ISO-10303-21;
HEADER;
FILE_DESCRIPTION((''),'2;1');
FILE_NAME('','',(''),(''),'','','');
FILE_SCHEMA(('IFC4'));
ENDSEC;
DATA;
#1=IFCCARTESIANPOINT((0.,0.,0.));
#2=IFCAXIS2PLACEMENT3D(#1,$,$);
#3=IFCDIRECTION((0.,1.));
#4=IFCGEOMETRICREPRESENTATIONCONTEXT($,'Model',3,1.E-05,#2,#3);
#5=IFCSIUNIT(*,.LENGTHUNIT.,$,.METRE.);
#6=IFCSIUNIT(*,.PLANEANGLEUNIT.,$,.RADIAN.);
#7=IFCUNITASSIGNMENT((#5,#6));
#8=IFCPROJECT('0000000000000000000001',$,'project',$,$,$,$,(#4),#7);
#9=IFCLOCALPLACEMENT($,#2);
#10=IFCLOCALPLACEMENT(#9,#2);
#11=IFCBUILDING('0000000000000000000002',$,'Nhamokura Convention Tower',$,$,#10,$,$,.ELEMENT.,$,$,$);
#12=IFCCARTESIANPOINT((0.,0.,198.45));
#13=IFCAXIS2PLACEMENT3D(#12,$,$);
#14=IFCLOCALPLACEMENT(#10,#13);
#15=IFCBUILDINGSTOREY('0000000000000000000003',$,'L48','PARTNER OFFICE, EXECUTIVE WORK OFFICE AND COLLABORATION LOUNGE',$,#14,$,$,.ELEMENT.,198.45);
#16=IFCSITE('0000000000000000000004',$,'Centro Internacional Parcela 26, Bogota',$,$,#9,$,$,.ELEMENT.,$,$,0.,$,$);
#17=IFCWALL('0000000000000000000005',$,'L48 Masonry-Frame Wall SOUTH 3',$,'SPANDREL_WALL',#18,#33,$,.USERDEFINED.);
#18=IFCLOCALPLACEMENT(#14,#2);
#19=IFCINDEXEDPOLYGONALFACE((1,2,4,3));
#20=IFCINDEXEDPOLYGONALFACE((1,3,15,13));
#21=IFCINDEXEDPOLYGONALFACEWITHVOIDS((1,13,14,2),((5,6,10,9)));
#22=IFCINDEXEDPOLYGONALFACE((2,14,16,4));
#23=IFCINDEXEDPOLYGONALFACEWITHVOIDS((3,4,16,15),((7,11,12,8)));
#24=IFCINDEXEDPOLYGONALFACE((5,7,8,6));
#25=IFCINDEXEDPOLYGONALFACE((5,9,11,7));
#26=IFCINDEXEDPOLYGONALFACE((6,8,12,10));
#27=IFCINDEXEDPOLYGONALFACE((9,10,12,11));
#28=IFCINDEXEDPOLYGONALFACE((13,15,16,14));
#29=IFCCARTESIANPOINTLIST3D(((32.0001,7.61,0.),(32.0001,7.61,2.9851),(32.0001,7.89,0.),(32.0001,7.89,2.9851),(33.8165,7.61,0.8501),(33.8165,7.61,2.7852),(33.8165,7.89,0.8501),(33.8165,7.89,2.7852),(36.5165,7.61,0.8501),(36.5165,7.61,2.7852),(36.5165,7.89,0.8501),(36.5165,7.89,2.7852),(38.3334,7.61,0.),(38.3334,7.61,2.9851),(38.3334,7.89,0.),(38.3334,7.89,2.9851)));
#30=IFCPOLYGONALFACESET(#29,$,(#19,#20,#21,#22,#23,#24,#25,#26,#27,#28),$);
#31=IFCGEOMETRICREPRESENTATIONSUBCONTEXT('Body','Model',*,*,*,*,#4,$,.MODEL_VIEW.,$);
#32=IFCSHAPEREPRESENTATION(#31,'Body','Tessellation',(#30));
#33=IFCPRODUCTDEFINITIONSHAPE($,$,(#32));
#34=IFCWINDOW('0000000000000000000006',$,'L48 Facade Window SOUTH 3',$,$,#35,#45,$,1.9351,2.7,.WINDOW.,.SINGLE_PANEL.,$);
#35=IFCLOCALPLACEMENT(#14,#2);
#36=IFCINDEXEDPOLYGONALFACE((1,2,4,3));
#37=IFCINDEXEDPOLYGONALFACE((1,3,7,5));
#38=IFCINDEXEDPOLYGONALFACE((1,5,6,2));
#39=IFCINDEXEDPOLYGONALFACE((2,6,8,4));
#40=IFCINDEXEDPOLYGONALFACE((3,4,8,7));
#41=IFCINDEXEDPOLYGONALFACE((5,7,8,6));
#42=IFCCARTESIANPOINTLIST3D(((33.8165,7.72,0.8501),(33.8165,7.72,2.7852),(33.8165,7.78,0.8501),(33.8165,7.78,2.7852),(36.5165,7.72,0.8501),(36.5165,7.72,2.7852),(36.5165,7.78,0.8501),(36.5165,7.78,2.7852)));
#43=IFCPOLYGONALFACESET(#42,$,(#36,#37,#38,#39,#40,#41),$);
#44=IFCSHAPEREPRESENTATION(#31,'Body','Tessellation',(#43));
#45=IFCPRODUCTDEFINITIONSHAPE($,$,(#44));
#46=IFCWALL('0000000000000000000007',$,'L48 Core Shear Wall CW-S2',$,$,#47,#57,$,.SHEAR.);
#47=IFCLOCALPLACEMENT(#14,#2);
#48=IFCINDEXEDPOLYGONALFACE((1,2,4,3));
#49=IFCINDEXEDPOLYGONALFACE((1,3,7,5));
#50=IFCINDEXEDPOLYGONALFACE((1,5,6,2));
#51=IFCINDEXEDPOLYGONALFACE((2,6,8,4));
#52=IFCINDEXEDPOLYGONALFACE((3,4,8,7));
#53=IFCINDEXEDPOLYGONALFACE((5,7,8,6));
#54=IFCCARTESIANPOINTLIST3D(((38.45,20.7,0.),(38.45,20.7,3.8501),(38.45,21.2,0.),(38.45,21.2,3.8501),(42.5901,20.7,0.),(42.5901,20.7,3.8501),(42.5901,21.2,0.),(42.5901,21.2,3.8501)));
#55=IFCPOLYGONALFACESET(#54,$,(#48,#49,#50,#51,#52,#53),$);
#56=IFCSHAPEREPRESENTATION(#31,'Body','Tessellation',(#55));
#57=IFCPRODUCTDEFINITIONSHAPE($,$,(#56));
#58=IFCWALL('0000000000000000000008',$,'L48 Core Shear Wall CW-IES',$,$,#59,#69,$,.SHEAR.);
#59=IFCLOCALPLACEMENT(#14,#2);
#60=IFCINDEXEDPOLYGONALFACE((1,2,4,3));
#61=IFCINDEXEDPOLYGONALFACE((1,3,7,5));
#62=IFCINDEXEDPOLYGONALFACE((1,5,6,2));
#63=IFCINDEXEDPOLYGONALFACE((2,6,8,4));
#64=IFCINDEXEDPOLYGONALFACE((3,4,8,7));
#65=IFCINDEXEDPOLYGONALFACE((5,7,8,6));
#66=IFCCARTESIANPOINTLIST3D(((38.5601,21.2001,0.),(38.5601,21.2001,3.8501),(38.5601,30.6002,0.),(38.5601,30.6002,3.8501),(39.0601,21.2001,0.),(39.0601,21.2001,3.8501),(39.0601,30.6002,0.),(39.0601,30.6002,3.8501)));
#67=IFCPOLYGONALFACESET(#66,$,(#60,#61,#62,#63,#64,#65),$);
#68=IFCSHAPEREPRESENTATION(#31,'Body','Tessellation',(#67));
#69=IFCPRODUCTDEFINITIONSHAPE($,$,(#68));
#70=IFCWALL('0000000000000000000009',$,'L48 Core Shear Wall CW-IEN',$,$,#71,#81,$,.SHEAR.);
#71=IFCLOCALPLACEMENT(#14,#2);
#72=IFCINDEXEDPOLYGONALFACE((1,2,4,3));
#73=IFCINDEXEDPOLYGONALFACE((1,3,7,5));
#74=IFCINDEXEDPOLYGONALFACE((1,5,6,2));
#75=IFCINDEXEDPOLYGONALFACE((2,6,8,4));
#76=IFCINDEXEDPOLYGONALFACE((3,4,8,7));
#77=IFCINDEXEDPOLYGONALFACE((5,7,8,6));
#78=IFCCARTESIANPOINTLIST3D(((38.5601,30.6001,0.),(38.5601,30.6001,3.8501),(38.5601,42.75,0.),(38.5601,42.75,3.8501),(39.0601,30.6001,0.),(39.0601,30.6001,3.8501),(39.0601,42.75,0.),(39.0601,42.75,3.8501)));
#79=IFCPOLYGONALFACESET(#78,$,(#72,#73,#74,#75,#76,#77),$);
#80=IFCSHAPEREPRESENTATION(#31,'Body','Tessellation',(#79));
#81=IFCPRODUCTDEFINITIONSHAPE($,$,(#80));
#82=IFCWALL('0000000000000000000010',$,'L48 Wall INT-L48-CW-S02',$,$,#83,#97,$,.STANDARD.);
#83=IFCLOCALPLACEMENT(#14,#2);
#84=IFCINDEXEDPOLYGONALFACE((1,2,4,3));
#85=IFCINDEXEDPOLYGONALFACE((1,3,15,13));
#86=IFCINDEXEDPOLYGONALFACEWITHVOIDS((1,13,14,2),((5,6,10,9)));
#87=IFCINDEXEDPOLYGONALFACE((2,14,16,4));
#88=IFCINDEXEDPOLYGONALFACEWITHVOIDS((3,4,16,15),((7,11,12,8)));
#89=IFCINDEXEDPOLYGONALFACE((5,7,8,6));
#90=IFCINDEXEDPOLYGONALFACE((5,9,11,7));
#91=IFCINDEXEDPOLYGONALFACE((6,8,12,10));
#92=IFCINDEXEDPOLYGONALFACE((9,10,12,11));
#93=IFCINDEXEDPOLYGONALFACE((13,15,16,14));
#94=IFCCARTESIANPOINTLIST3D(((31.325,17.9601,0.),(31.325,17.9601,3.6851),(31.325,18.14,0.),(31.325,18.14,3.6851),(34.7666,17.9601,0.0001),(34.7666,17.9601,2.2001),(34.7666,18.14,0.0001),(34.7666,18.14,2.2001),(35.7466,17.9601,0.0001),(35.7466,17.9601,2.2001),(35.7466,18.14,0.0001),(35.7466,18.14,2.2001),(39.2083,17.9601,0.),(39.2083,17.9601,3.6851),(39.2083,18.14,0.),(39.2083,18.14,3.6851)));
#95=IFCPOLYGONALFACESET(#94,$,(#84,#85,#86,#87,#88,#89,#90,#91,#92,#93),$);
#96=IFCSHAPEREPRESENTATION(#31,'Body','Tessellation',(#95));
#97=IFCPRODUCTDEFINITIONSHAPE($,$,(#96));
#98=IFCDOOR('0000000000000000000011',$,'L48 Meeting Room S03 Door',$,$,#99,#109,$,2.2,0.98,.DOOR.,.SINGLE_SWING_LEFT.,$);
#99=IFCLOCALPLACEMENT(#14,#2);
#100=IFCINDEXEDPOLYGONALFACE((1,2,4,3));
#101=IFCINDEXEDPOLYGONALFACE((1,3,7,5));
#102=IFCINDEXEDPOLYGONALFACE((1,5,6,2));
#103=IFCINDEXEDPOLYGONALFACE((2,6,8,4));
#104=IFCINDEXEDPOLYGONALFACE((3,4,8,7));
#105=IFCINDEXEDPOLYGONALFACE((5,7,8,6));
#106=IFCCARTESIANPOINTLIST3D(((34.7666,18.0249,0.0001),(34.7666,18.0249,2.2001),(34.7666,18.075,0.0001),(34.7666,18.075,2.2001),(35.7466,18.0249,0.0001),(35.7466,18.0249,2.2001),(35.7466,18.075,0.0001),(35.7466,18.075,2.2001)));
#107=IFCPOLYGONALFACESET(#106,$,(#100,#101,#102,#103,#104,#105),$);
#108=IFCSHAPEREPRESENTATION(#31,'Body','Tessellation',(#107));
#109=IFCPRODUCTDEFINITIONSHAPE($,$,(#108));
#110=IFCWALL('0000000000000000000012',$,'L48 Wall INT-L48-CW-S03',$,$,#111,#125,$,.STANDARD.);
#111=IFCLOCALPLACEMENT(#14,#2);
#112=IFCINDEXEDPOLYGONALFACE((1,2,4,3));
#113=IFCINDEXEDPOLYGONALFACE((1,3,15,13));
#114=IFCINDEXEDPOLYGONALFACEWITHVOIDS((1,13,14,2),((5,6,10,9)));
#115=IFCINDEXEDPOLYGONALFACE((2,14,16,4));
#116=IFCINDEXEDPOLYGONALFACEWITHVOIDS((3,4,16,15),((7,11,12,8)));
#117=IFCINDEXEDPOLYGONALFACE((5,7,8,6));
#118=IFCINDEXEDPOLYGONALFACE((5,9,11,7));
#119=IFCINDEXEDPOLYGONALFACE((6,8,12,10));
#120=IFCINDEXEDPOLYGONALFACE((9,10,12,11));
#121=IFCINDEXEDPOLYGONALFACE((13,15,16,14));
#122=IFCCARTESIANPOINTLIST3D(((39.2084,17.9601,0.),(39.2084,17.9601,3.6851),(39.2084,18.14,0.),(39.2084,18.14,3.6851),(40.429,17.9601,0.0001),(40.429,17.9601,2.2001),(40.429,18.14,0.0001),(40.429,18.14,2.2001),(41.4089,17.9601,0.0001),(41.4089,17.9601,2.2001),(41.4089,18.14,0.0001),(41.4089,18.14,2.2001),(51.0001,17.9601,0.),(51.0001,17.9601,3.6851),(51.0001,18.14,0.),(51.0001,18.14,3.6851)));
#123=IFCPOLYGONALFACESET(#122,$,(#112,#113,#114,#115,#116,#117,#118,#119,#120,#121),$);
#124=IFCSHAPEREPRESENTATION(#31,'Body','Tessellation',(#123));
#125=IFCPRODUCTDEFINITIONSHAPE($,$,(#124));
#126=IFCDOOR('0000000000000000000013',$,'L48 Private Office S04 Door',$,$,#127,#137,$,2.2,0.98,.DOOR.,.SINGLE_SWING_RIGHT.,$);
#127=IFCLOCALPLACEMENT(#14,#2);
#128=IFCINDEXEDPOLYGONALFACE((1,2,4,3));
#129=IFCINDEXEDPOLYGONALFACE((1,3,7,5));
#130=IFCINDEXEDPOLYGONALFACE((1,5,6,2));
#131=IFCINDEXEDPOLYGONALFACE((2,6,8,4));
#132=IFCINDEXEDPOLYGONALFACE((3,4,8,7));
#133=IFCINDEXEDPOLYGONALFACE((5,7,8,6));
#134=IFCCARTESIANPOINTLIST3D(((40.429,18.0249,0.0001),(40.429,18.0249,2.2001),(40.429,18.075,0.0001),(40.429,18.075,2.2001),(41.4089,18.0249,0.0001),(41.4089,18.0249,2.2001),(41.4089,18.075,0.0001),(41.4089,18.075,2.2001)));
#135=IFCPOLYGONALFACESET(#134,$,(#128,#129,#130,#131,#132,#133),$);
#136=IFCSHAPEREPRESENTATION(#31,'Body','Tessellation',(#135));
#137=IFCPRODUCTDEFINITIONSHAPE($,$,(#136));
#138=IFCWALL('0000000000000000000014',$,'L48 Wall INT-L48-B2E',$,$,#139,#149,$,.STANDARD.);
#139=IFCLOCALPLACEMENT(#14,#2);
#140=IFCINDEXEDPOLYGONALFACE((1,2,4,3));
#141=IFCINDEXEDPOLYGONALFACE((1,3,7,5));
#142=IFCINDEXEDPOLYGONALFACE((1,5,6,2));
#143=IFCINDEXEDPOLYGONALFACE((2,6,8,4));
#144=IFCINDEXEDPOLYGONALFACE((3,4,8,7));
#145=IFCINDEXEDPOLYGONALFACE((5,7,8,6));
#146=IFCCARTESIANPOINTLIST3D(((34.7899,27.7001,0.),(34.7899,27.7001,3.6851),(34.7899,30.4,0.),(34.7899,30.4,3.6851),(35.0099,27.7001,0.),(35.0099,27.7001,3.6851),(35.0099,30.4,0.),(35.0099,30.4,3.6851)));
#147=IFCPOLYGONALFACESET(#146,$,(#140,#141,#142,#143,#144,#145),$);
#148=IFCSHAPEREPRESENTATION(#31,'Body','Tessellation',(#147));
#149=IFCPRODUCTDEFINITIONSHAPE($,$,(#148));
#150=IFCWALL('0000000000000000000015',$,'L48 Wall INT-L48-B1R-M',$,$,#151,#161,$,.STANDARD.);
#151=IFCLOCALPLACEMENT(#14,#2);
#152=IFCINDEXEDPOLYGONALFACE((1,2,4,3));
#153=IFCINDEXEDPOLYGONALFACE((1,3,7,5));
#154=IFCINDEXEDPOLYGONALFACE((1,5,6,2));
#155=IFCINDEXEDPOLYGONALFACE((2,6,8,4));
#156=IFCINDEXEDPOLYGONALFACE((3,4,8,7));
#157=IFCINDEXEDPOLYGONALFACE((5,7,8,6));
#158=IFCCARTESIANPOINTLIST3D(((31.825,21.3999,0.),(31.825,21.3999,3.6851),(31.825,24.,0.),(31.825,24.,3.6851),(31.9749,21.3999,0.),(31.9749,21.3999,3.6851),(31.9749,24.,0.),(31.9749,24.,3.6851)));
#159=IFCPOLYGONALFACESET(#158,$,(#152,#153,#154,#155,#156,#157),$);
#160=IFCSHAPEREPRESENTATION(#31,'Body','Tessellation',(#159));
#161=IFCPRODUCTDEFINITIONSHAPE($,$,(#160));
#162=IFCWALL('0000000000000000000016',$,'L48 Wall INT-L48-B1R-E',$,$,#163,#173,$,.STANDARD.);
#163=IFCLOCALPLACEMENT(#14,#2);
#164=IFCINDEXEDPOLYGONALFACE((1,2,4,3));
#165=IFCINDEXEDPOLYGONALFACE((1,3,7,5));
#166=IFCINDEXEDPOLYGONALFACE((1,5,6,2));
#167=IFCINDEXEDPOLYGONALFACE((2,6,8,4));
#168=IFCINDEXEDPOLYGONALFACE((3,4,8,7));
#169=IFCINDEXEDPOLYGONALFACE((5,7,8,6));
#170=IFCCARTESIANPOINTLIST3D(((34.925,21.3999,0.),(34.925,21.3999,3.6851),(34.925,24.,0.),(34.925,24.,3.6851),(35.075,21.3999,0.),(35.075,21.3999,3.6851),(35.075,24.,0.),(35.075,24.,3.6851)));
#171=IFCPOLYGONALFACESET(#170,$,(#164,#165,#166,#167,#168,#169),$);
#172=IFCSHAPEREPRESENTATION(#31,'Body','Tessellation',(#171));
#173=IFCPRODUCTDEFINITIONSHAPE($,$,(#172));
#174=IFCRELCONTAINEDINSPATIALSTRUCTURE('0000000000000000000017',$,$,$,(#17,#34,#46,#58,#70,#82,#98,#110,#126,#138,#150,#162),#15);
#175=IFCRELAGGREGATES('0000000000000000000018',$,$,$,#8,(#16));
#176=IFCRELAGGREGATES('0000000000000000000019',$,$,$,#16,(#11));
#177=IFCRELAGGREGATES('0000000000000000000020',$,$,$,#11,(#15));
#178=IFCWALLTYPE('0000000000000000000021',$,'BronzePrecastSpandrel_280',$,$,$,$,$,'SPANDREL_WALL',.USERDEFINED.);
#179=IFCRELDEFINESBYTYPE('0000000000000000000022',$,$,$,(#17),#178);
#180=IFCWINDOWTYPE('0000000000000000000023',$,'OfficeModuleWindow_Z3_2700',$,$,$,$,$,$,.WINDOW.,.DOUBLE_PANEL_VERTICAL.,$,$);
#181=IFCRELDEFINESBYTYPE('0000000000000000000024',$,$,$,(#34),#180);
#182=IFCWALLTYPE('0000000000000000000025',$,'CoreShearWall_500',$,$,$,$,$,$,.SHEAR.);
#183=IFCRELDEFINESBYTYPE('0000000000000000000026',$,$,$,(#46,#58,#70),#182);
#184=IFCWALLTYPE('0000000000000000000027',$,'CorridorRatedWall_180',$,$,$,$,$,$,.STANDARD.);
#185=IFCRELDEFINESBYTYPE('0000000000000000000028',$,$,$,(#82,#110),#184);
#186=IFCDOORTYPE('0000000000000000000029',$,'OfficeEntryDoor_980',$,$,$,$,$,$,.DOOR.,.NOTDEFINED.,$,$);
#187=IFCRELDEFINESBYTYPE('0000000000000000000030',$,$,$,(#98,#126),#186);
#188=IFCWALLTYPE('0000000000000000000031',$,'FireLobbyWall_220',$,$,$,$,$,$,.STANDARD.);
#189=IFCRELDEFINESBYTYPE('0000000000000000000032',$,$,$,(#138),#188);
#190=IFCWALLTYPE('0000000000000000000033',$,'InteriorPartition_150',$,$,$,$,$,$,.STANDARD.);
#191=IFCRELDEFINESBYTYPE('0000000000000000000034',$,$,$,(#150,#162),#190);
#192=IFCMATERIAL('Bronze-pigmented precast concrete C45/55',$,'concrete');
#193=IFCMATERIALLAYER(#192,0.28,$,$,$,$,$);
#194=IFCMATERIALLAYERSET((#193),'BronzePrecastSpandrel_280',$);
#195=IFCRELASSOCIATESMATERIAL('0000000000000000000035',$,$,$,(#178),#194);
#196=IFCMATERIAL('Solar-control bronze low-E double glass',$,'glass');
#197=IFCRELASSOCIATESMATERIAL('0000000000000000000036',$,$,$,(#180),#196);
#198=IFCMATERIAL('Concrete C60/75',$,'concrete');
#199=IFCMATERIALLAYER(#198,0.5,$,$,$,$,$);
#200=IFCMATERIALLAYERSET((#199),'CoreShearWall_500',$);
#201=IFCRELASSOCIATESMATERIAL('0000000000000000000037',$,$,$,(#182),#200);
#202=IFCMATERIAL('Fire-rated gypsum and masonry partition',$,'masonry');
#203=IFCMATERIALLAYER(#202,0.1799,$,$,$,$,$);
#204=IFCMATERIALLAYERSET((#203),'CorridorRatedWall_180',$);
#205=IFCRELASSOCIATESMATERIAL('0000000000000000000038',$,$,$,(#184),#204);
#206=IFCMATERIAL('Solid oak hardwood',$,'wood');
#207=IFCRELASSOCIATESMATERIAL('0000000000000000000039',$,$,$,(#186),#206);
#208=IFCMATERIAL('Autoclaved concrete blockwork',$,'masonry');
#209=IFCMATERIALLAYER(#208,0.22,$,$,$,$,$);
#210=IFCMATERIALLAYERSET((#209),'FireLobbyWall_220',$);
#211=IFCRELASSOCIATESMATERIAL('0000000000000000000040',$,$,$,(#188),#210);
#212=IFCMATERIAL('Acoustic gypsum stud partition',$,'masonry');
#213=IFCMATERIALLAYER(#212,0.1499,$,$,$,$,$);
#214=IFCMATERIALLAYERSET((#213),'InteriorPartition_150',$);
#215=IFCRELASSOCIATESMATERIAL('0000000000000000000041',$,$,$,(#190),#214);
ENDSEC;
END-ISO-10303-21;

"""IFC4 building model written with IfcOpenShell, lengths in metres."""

from ifc_helpers import new_model, si_unit, direction, frame, frame_2d, origin, place, context, subcontext, project, spatial, rectangle, extrude, material, layer, layer_set, type_object, element, fill, save


model = new_model("IFC4")

# Units and contexts
model_context = context("Model", 3, precision=1e-05, world=origin(), true_north=direction((0.0, 1.0)))
body_context = subcontext(model_context, "Body", "Model", "MODEL_VIEW")
ifc_project = project(units=[si_unit("LENGTHUNIT", "METRE"), si_unit("PLANEANGLEUNIT", "RADIAN")], contexts=[model_context])

# Site, building, storey
site_placement = place(None, origin())
site = spatial("IfcSite", under=ifc_project, at=site_placement, Name="Centro Internacional Parcela 26, Bogota", CompositionType="ELEMENT", RefElevation=0.0)
building_placement = place(site_placement, origin())
building = spatial("IfcBuilding", under=site, at=building_placement, Name="Nhamokura Convention Tower", CompositionType="ELEMENT")
storey_placement = place(building_placement, frame((0.0, 0.0, 198.45)))
storey = spatial("IfcBuildingStorey", under=building, at=storey_placement, Name="L48", Description="PARTNER OFFICE, EXECUTIVE WORK OFFICE AND COLLABORATION LOUNGE", CompositionType="ELEMENT", Elevation=198.45)

# Wall, opening, window
ifc_material_1 = material(Name="Bronze-pigmented precast concrete C45/55", Category="concrete")
ifc_layer_1 = layer(ifc_material_1, 0.28)
ifc_layer_set_1 = layer_set([ifc_layer_1], Name="BronzePrecastSpandrel_280")
wall_type_1 = type_object("IfcWallType", Name="BronzePrecastSpandrel_280", ElementType="SPANDREL_WALL", PredefinedType="USERDEFINED", material=ifc_layer_set_1)
ifc_material_2 = material(Name="Solar-control bronze low-E double glass", Category="glass")
window_type = type_object("IfcWindowType", Name="OfficeModuleWindow_Z3_2700", PartitioningType="DOUBLE_PANEL_VERTICAL", PredefinedType="WINDOW", material=ifc_material_2)
wall_1_placement = place(storey_placement, frame((38.3333, 7.75, 0.0), z_axis=(0.0, 0.0, 1.0), x_axis=(-1.0, 0.0, 0.0)))
wall_1 = element("IfcWall", 1, at=wall_1_placement, inside=storey, type_object=wall_type_1, Name="L48 Masonry-Frame Wall SOUTH 3", ObjectType="SPANDREL_WALL", PredefinedType="USERDEFINED", context=body_context, shape_type="SweptSolid", body=[
    extrude(rectangle(XDim=6.3333, YDim=0.28, at=frame_2d((3.1665, 0.0))), origin(), (0.0, 0.0, 1.0), 2.9851),
])
opening_1_placement = place(wall_1_placement, frame((1.8167, 0.0, 0.8501)))
opening_1 = element("IfcOpeningElement", 2, at=opening_1_placement, cuts=wall_1, PredefinedType="OPENING", context=body_context, shape_type="SweptSolid", body=[
    extrude(rectangle(XDim=2.7, YDim=1.9351, at=frame_2d((1.3501, 0.9675))), frame((0.0, 0.1499, 0.0), z_axis=(0.0, -1.0, 0.0), x_axis=(1.0, 0.0, 0.0)), (0.0, 0.0, 1.0), 0.3),
])
window_1_placement = place(opening_1_placement, origin())
window_1 = element("IfcWindow", 3, at=window_1_placement, inside=storey, type_object=window_type, Name="L48 Facade Window SOUTH 3", OverallHeight=1.9351, OverallWidth=2.7, PartitioningType="SINGLE_PANEL", PredefinedType="WINDOW", context=body_context, shape_type="SweptSolid", body=[
    extrude(rectangle(XDim=2.7, YDim=1.9351, at=frame_2d((1.3501, 0.9675))), frame((0.0, 0.03, 0.0), z_axis=(0.0, -1.0, 0.0), x_axis=(1.0, 0.0, 0.0)), (0.0, 0.0, 1.0), 0.0601),
])
fill(opening_1, window_1)

# Walls
ifc_material_3 = material(Name="Concrete C60/75", Category="concrete")
ifc_layer_2 = layer(ifc_material_3, 0.5)
ifc_layer_set_2 = layer_set([ifc_layer_2], Name="CoreShearWall_500")
wall_type_2 = type_object("IfcWallType", Name="CoreShearWall_500", PredefinedType="SHEAR", material=ifc_layer_set_2)
wall_2_placement = place(storey_placement, frame((38.45, 20.95, 0.0), z_axis=(0.0, 0.0, 1.0), x_axis=(1.0, 0.0, 0.0)))
element("IfcWall", 4, at=wall_2_placement, inside=storey, type_object=wall_type_2, Name="L48 Core Shear Wall CW-S2", PredefinedType="SHEAR", context=body_context, shape_type="SweptSolid", body=[
    extrude(rectangle(XDim=4.1401, YDim=0.5, at=frame_2d((2.0701, 0.0))), origin(), (0.0, 0.0, 1.0), 3.8501),
])
wall_3_placement = place(storey_placement, frame((38.8101, 21.2, 0.0), z_axis=(0.0, 0.0, 1.0), x_axis=(0.0, 1.0, 0.0)))
element("IfcWall", 5, at=wall_3_placement, inside=storey, type_object=wall_type_2, Name="L48 Core Shear Wall CW-IES", PredefinedType="SHEAR", context=body_context, shape_type="SweptSolid", body=[
    extrude(rectangle(XDim=9.4001, YDim=0.5, at=frame_2d((4.7002, 0.0))), origin(), (0.0, 0.0, 1.0), 3.8501),
])
wall_4_placement = place(storey_placement, frame((38.8101, 30.6001, 0.0), z_axis=(0.0, 0.0, 1.0), x_axis=(0.0, 1.0, 0.0)))
element("IfcWall", 6, at=wall_4_placement, inside=storey, type_object=wall_type_2, Name="L48 Core Shear Wall CW-IEN", PredefinedType="SHEAR", context=body_context, shape_type="SweptSolid", body=[
    extrude(rectangle(XDim=12.1499, YDim=0.5, at=frame_2d((6.075, 0.0))), origin(), (0.0, 0.0, 1.0), 3.8501),
])

# Walls, openings, doors
ifc_material_4 = material(Name="Fire-rated gypsum and masonry partition", Category="masonry")
ifc_layer_3 = layer(ifc_material_4, 0.1799)
ifc_layer_set_3 = layer_set([ifc_layer_3], Name="CorridorRatedWall_180")
wall_type_3 = type_object("IfcWallType", Name="CorridorRatedWall_180", PredefinedType="STANDARD", material=ifc_layer_set_3)
wall_5_placement = place(storey_placement, frame((31.325, 18.05, 0.0), z_axis=(0.0, 0.0, 1.0), x_axis=(1.0, 0.0, 0.0)))
wall_5 = element("IfcWall", 7, at=wall_5_placement, inside=storey, type_object=wall_type_3, Name="L48 Wall INT-L48-CW-S02", PredefinedType="STANDARD", context=body_context, shape_type="SweptSolid", body=[
    extrude(rectangle(XDim=7.8833, YDim=0.1799, at=frame_2d((3.9417, 0.0))), origin(), (0.0, 0.0, 1.0), 3.6851),
])
opening_2_placement = place(wall_5_placement, frame((3.4417, 0.0, 0.0)))
opening_2 = element("IfcOpeningElement", 8, at=opening_2_placement, cuts=wall_5, PredefinedType="OPENING", context=body_context, shape_type="SweptSolid", body=[
    extrude(rectangle(XDim=0.98, YDim=2.2, at=frame_2d((0.49, 1.1001))), frame((0.0, 0.0999, 0.0), z_axis=(0.0, -1.0, 0.0), x_axis=(1.0, 0.0, 0.0)), (0.0, 0.0, 1.0), 0.2),
])
ifc_material_5 = material(Name="Solid oak hardwood", Category="wood")
door_type_1 = type_object("IfcDoorType", Name="OfficeEntryDoor_980", OperationType="NOTDEFINED", PredefinedType="DOOR", material=ifc_material_5)
door_1_placement = place(opening_2_placement, origin())
door_1 = element("IfcDoor", 9, at=door_1_placement, inside=storey, type_object=door_type_1, Name="L48 Meeting Room S03 Door", OperationType="SINGLE_SWING_LEFT", OverallHeight=2.2, OverallWidth=0.98, PredefinedType="DOOR", context=body_context, shape_type="SweptSolid", body=[
    extrude(rectangle(XDim=0.98, YDim=2.2, at=frame_2d((0.49, 1.1001))), frame((0.0, 0.0249, 0.0), z_axis=(0.0, -1.0, 0.0), x_axis=(1.0, 0.0, 0.0)), (0.0, 0.0, 1.0), 0.05),
])
fill(opening_2, door_1)
wall_6_placement = place(storey_placement, frame((39.2083, 18.05, 0.0), z_axis=(0.0, 0.0, 1.0), x_axis=(1.0, 0.0, 0.0)))
wall_6 = element("IfcWall", 10, at=wall_6_placement, inside=storey, type_object=wall_type_3, Name="L48 Wall INT-L48-CW-S03", PredefinedType="STANDARD", context=body_context, shape_type="SweptSolid", body=[
    extrude(rectangle(XDim=11.7917, YDim=0.1799, at=frame_2d((5.896, 0.0))), origin(), (0.0, 0.0, 1.0), 3.6851),
])
opening_3_placement = place(wall_6_placement, frame((1.2207, 0.0, 0.0)))
opening_3 = element("IfcOpeningElement", 11, at=opening_3_placement, cuts=wall_6, PredefinedType="OPENING", context=body_context, shape_type="SweptSolid", body=[
    extrude(rectangle(XDim=0.98, YDim=2.2, at=frame_2d((0.49, 1.1001))), frame((0.0, 0.0999, 0.0), z_axis=(0.0, -1.0, 0.0), x_axis=(1.0, 0.0, 0.0)), (0.0, 0.0, 1.0), 0.2),
])
door_2_placement = place(opening_3_placement, origin())
door_2 = element("IfcDoor", 12, at=door_2_placement, inside=storey, type_object=door_type_1, Name="L48 Private Office S04 Door", OperationType="SINGLE_SWING_RIGHT", OverallHeight=2.2, OverallWidth=0.98, PredefinedType="DOOR", context=body_context, shape_type="SweptSolid", body=[
    extrude(rectangle(XDim=0.98, YDim=2.2, at=frame_2d((0.49, 1.1001))), frame((0.0, 0.0249, 0.0), z_axis=(0.0, -1.0, 0.0), x_axis=(1.0, 0.0, 0.0)), (0.0, 0.0, 1.0), 0.05),
])
fill(opening_3, door_2)
ifc_material_6 = material(Name="Autoclaved concrete blockwork", Category="masonry")
ifc_layer_4 = layer(ifc_material_6, 0.22)
ifc_layer_set_4 = layer_set([ifc_layer_4], Name="FireLobbyWall_220")
wall_type_4 = type_object("IfcWallType", Name="FireLobbyWall_220", PredefinedType="STANDARD", material=ifc_layer_set_4)

# Walls
wall_7_placement = place(storey_placement, frame((34.8999, 27.7, 0.0), z_axis=(0.0, 0.0, 1.0), x_axis=(0.0, 1.0, 0.0)))
element("IfcWall", 13, at=wall_7_placement, inside=storey, type_object=wall_type_4, Name="L48 Wall INT-L48-B2E", PredefinedType="STANDARD", context=body_context, shape_type="SweptSolid", body=[
    extrude(rectangle(XDim=2.7, YDim=0.22, at=frame_2d((1.3501, 0.0))), origin(), (0.0, 0.0, 1.0), 3.6851),
])
ifc_material_7 = material(Name="Acoustic gypsum stud partition", Category="masonry")
ifc_layer_5 = layer(ifc_material_7, 0.1499)
ifc_layer_set_5 = layer_set([ifc_layer_5], Name="InteriorPartition_150")
wall_type_5 = type_object("IfcWallType", Name="InteriorPartition_150", PredefinedType="STANDARD", material=ifc_layer_set_5)
for number, where, z_axis, x_axis, name in (
    (14, (31.8999, 21.3999, 0.0), (0.0, 0.0, 1.0), (0.0, 1.0, 0.0), "L48 Wall INT-L48-B1R-M"),
    (15, (35.0, 21.3999, 0.0), (0.0, 0.0, 1.0), (0.0, 1.0, 0.0), "L48 Wall INT-L48-B1R-E"),
):
    element("IfcWall", number, at=place(storey_placement, frame(where, z_axis=z_axis, x_axis=x_axis)), inside=storey, type_object=wall_type_5, Name=name, PredefinedType="STANDARD", context=body_context, shape_type="SweptSolid", body=[
        extrude(rectangle(XDim=2.6001, YDim=0.1499, at=frame_2d((1.3, 0.0))), origin(), (0.0, 0.0, 1.0), 3.6851),
    ])

save(model, "model.ifc")
